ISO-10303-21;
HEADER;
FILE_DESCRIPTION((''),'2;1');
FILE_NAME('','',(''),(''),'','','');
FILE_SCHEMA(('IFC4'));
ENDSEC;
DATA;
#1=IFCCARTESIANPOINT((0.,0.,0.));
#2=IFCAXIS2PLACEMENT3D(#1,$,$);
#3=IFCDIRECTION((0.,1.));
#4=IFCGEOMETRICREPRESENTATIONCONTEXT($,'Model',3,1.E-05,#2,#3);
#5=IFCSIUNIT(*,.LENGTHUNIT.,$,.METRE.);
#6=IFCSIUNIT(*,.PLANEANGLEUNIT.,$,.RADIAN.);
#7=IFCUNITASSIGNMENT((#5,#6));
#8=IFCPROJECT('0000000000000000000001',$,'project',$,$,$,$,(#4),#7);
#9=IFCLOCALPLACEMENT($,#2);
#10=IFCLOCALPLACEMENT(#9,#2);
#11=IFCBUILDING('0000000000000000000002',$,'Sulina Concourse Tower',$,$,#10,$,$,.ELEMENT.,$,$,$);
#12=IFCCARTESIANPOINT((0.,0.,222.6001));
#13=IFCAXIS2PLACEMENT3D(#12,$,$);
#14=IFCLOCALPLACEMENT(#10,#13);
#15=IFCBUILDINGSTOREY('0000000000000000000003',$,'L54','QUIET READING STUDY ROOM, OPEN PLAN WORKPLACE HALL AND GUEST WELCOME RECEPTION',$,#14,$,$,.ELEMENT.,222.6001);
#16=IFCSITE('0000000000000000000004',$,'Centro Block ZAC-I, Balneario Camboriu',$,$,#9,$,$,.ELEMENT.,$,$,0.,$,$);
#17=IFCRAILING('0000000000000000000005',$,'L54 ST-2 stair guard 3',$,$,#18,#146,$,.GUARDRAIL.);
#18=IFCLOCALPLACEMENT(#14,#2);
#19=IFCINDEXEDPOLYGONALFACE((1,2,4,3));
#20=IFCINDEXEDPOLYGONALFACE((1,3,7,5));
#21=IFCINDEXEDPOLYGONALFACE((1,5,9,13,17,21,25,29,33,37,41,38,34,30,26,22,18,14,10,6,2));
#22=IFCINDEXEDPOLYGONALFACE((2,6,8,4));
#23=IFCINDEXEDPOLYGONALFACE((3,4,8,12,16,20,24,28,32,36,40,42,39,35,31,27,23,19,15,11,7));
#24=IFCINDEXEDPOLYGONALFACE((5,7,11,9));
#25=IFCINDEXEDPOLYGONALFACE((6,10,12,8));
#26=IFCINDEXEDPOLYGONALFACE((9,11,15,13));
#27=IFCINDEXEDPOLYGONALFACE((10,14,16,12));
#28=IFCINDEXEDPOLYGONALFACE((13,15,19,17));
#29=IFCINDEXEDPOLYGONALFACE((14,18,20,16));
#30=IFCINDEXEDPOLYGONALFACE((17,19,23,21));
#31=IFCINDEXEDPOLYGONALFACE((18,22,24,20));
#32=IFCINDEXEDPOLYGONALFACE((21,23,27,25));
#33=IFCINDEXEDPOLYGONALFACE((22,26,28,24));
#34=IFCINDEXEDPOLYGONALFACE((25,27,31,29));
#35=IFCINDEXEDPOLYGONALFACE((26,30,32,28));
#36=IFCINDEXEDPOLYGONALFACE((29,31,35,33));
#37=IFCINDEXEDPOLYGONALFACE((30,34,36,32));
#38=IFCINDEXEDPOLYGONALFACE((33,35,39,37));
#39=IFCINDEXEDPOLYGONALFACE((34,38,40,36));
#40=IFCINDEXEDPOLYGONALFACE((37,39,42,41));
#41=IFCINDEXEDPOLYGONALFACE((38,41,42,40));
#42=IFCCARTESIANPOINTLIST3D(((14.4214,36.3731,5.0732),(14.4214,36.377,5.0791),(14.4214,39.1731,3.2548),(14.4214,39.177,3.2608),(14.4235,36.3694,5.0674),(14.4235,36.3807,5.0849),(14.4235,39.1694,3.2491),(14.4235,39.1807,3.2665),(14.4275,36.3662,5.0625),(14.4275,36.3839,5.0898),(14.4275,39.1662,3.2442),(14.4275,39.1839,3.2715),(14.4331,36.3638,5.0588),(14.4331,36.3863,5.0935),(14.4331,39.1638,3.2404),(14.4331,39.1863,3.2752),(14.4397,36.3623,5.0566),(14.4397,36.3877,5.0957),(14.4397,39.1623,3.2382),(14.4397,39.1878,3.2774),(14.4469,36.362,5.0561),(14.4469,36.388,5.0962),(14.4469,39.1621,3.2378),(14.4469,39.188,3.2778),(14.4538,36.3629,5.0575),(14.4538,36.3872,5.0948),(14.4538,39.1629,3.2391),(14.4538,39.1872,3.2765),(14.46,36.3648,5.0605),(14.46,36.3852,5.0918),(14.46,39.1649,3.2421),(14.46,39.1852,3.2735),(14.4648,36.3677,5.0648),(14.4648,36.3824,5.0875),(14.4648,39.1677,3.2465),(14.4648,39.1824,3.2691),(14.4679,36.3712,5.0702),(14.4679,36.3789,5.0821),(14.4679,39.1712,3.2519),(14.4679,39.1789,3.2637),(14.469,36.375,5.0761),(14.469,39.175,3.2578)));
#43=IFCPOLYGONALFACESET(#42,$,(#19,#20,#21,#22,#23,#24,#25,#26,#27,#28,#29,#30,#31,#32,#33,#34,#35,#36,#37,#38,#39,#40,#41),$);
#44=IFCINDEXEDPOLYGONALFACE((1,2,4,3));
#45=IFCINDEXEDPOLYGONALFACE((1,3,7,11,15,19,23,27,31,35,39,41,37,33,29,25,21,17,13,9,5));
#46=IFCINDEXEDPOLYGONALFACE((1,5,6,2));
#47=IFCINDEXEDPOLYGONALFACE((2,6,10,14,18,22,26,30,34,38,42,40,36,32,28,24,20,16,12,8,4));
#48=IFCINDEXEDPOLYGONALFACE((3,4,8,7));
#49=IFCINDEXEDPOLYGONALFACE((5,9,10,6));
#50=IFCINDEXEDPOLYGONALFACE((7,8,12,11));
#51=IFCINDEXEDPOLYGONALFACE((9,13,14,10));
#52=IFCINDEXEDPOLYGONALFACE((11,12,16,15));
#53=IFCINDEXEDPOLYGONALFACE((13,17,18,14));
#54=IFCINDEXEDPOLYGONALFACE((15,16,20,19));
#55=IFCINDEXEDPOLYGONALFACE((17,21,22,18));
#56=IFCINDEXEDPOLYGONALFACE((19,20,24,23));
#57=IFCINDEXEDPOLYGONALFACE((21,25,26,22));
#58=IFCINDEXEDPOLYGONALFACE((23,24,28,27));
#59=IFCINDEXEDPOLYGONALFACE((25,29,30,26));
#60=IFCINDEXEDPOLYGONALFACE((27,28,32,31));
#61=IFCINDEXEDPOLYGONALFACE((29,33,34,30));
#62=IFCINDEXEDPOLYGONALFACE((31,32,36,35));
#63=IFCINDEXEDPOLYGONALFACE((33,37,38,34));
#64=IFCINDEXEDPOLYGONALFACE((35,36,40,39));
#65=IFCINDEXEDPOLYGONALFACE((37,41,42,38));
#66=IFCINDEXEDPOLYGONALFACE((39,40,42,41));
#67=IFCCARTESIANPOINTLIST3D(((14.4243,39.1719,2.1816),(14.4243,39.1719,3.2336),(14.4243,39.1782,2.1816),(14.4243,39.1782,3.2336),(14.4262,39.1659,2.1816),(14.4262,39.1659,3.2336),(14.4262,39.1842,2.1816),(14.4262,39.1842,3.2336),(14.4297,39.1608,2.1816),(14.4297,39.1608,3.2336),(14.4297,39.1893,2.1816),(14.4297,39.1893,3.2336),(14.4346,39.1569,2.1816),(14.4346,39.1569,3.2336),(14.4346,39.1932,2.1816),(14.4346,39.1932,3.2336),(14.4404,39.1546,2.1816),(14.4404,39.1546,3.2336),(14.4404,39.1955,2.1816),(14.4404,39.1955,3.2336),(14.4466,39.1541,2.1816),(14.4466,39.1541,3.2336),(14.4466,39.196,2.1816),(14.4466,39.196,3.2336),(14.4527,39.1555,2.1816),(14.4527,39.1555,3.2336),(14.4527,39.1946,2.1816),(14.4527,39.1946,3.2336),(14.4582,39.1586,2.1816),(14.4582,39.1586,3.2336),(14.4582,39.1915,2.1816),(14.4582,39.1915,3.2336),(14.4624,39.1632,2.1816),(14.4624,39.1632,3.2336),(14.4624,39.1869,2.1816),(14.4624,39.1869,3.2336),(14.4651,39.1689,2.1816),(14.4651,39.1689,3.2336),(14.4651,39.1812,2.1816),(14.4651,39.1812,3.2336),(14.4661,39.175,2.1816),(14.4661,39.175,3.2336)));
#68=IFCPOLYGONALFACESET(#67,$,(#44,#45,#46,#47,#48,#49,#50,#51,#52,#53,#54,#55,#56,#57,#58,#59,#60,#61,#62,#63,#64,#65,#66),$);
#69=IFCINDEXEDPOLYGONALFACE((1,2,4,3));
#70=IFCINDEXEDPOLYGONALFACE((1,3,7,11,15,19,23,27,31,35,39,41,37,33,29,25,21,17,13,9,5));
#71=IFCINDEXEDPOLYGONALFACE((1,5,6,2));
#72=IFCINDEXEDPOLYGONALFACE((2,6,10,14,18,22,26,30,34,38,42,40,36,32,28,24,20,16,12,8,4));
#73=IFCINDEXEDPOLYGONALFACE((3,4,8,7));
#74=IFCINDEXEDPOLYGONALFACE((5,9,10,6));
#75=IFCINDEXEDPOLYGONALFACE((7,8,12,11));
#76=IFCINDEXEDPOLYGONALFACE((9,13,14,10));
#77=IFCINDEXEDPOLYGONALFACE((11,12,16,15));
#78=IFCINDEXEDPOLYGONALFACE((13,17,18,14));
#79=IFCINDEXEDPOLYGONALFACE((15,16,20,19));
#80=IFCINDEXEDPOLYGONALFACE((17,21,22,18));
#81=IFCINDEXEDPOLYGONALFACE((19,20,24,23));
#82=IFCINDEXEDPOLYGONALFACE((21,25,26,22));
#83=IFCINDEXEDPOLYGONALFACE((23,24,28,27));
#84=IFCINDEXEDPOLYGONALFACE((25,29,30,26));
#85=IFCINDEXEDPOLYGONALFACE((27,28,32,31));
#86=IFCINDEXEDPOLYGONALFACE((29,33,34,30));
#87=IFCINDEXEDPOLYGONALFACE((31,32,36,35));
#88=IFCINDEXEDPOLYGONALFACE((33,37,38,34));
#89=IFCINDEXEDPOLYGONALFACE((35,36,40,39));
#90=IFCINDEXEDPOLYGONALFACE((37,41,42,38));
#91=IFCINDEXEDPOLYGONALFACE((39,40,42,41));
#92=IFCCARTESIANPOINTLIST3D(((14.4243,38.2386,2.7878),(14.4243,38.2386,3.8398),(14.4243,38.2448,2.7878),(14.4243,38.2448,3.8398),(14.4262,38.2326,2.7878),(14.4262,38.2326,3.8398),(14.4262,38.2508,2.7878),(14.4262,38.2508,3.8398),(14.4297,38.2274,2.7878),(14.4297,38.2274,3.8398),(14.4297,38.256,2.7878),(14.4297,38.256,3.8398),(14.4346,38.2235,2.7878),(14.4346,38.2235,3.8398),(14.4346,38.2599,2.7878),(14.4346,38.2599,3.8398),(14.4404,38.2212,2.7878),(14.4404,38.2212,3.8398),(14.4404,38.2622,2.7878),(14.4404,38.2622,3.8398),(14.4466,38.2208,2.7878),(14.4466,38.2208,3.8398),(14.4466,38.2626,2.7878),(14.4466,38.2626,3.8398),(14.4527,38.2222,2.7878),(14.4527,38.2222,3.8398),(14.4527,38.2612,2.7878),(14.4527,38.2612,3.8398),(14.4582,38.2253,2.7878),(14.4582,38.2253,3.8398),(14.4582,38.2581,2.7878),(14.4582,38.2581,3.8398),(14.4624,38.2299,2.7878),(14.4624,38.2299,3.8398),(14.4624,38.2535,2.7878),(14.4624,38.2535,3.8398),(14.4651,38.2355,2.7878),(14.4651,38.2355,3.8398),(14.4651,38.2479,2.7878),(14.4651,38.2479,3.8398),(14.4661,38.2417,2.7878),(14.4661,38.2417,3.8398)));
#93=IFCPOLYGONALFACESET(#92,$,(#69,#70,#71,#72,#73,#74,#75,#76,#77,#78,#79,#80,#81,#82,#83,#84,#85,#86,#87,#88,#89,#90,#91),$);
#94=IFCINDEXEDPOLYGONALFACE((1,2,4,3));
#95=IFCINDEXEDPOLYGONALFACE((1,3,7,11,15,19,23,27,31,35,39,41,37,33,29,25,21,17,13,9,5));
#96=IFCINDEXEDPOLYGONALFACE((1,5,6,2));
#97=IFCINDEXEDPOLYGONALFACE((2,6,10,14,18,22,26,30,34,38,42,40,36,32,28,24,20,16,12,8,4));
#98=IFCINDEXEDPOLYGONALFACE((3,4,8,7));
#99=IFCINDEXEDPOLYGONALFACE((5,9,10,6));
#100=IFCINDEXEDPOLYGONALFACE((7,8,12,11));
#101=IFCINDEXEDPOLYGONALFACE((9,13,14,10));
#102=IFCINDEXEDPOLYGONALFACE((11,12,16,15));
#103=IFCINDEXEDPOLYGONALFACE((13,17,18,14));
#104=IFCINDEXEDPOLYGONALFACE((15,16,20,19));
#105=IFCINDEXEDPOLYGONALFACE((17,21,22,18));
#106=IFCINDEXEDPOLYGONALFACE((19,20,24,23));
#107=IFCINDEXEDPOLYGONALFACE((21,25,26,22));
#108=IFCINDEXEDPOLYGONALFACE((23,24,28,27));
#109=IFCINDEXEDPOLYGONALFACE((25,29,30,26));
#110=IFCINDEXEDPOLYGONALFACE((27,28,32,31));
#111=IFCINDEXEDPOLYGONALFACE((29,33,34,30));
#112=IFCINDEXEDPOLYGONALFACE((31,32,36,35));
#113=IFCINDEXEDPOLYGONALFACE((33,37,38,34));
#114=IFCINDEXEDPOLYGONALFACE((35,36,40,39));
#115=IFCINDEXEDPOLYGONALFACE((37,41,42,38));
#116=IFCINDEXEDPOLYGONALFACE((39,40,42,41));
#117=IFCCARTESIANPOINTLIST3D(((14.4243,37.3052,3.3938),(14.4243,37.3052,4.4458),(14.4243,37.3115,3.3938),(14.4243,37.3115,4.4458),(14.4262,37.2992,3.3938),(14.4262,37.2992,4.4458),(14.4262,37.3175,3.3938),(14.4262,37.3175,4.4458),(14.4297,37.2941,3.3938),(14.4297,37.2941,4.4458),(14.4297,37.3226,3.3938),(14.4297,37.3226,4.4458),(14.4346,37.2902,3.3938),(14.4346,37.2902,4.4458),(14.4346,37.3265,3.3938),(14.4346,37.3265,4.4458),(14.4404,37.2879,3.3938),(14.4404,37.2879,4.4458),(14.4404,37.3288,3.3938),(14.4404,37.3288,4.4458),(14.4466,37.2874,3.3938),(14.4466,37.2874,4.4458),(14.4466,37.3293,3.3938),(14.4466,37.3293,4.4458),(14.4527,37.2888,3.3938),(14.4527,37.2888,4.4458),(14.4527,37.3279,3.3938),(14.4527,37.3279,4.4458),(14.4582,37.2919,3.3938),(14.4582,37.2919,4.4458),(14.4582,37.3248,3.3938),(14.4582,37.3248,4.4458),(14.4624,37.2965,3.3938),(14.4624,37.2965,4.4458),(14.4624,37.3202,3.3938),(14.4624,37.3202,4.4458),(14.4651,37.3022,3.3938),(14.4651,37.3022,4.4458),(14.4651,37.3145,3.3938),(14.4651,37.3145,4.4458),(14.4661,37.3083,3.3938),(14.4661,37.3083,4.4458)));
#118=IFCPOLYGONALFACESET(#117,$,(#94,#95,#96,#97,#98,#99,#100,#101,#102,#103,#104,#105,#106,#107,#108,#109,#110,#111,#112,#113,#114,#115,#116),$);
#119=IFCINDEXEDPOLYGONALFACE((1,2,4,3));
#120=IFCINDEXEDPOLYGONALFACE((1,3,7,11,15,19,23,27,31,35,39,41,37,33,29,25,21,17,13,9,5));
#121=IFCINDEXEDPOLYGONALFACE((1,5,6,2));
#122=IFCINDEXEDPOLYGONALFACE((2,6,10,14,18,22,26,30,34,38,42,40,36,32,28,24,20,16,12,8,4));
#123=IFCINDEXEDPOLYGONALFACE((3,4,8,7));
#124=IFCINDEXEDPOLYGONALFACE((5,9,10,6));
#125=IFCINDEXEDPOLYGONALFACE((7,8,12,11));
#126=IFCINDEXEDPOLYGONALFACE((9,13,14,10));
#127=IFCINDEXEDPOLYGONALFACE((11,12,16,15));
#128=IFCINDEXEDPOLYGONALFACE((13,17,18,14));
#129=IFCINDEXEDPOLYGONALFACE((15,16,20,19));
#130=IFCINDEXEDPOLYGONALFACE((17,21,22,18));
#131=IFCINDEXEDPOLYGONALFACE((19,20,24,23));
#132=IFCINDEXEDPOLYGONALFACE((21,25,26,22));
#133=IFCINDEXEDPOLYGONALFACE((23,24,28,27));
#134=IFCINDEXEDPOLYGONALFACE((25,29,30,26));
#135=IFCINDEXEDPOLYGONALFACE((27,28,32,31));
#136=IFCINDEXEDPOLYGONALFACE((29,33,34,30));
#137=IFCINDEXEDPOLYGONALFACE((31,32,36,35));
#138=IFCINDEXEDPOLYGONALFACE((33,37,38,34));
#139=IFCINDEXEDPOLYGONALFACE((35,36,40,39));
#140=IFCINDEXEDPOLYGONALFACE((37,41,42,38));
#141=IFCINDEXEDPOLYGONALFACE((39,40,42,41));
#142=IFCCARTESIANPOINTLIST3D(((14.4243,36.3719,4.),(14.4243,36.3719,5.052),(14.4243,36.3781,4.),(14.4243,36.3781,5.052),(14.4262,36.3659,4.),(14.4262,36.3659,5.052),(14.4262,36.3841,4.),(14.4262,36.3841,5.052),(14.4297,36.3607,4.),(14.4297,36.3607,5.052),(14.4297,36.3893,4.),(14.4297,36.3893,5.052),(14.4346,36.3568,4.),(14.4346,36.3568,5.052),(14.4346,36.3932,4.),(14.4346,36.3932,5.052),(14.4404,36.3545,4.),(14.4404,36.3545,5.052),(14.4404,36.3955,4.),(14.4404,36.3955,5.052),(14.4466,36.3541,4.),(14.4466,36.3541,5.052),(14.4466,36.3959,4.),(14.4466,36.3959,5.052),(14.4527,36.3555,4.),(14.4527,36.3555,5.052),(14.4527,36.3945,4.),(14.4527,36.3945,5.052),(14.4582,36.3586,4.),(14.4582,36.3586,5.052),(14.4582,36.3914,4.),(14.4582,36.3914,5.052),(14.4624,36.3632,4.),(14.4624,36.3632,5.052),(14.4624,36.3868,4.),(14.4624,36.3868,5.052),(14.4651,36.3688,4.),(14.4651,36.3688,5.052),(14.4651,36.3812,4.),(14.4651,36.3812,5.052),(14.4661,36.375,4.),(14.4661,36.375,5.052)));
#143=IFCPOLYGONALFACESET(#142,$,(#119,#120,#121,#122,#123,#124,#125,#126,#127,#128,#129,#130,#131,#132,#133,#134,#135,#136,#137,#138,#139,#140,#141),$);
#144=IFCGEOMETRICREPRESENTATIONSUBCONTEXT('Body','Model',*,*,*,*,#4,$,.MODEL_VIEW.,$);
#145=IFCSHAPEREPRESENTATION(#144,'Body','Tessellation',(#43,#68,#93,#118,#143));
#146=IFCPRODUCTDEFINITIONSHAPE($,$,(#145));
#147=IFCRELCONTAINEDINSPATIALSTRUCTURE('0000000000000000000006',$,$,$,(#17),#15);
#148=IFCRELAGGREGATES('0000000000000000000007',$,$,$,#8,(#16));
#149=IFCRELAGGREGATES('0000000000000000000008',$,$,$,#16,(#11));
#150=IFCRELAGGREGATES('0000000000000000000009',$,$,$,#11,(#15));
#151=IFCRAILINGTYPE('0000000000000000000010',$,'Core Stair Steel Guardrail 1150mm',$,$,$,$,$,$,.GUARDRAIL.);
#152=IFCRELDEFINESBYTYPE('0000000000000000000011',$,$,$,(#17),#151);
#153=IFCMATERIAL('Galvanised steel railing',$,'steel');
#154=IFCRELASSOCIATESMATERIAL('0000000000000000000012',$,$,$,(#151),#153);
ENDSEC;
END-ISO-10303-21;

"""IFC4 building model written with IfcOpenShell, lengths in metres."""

from ifc_helpers import new_model, si_unit, direction, frame, origin, origin_2d, place, context, subcontext, project, spatial, circle, extrude, material, type_object, element, save


model = new_model("IFC4")

# Units and contexts
model_context = context("Model", 3, precision=1e-05, world=origin(), true_north=direction((0.0, 1.0)))
body_context = subcontext(model_context, "Body", "Model", "MODEL_VIEW")
ifc_project = project(units=[si_unit("LENGTHUNIT", "METRE"), si_unit("PLANEANGLEUNIT", "RADIAN")], contexts=[model_context])

# Site, building, storey
site_placement = place(None, origin())
site = spatial("IfcSite", under=ifc_project, at=site_placement, Name="Centro Block ZAC-I, Balneario Camboriu", CompositionType="ELEMENT", RefElevation=0.0)
building_placement = place(site_placement, origin())
building = spatial("IfcBuilding", under=site, at=building_placement, Name="Sulina Concourse Tower", CompositionType="ELEMENT")
storey_placement = place(building_placement, frame((0.0, 0.0, 222.6001)))
storey = spatial("IfcBuildingStorey", under=building, at=storey_placement, Name="L54", Description="QUIET READING STUDY ROOM, OPEN PLAN WORKPLACE HALL AND GUEST WELCOME RECEPTION", CompositionType="ELEMENT", Elevation=222.6001)

# Railing
ifc_material_1 = material(Name="Galvanised steel railing", Category="steel")
railing_type_1 = type_object("IfcRailingType", Name="Core Stair Steel Guardrail 1150mm", PredefinedType="GUARDRAIL", material=ifc_material_1)
railing_1_placement = place(storey_placement, frame((14.4451, 39.175, 2.1816)))
element("IfcRailing", 1, at=railing_1_placement, inside=storey, type_object=railing_type_1, Name="L54 ST-2 stair guard 3", PredefinedType="GUARDRAIL", context=body_context, shape_type="SweptSolid", body=[
    extrude(circle(Radius=0.0239, at=origin_2d()), frame((0.0, 0.0, 1.0762), z_axis=(0.0, -0.838672, 0.544636), x_axis=(1.0, 0.0, 0.0)), (0.0, 0.0, 1.0), 3.3386),
    extrude(circle(Radius=0.021, at=origin_2d()), origin(), (0.0, 0.0, 1.0), 1.052),
    extrude(circle(Radius=0.021, at=origin_2d()), frame((0.0, -0.9333, 0.6062)), (0.0, 0.0, 1.0), 1.052),
    extrude(circle(Radius=0.021, at=origin_2d()), frame((0.0, -1.8667, 1.2122)), (0.0, 0.0, 1.0), 1.052),
    extrude(circle(Radius=0.021, at=origin_2d()), frame((0.0, -2.8, 1.8184)), (0.0, 0.0, 1.0), 1.052),
])

save(model, "model.ifc")
